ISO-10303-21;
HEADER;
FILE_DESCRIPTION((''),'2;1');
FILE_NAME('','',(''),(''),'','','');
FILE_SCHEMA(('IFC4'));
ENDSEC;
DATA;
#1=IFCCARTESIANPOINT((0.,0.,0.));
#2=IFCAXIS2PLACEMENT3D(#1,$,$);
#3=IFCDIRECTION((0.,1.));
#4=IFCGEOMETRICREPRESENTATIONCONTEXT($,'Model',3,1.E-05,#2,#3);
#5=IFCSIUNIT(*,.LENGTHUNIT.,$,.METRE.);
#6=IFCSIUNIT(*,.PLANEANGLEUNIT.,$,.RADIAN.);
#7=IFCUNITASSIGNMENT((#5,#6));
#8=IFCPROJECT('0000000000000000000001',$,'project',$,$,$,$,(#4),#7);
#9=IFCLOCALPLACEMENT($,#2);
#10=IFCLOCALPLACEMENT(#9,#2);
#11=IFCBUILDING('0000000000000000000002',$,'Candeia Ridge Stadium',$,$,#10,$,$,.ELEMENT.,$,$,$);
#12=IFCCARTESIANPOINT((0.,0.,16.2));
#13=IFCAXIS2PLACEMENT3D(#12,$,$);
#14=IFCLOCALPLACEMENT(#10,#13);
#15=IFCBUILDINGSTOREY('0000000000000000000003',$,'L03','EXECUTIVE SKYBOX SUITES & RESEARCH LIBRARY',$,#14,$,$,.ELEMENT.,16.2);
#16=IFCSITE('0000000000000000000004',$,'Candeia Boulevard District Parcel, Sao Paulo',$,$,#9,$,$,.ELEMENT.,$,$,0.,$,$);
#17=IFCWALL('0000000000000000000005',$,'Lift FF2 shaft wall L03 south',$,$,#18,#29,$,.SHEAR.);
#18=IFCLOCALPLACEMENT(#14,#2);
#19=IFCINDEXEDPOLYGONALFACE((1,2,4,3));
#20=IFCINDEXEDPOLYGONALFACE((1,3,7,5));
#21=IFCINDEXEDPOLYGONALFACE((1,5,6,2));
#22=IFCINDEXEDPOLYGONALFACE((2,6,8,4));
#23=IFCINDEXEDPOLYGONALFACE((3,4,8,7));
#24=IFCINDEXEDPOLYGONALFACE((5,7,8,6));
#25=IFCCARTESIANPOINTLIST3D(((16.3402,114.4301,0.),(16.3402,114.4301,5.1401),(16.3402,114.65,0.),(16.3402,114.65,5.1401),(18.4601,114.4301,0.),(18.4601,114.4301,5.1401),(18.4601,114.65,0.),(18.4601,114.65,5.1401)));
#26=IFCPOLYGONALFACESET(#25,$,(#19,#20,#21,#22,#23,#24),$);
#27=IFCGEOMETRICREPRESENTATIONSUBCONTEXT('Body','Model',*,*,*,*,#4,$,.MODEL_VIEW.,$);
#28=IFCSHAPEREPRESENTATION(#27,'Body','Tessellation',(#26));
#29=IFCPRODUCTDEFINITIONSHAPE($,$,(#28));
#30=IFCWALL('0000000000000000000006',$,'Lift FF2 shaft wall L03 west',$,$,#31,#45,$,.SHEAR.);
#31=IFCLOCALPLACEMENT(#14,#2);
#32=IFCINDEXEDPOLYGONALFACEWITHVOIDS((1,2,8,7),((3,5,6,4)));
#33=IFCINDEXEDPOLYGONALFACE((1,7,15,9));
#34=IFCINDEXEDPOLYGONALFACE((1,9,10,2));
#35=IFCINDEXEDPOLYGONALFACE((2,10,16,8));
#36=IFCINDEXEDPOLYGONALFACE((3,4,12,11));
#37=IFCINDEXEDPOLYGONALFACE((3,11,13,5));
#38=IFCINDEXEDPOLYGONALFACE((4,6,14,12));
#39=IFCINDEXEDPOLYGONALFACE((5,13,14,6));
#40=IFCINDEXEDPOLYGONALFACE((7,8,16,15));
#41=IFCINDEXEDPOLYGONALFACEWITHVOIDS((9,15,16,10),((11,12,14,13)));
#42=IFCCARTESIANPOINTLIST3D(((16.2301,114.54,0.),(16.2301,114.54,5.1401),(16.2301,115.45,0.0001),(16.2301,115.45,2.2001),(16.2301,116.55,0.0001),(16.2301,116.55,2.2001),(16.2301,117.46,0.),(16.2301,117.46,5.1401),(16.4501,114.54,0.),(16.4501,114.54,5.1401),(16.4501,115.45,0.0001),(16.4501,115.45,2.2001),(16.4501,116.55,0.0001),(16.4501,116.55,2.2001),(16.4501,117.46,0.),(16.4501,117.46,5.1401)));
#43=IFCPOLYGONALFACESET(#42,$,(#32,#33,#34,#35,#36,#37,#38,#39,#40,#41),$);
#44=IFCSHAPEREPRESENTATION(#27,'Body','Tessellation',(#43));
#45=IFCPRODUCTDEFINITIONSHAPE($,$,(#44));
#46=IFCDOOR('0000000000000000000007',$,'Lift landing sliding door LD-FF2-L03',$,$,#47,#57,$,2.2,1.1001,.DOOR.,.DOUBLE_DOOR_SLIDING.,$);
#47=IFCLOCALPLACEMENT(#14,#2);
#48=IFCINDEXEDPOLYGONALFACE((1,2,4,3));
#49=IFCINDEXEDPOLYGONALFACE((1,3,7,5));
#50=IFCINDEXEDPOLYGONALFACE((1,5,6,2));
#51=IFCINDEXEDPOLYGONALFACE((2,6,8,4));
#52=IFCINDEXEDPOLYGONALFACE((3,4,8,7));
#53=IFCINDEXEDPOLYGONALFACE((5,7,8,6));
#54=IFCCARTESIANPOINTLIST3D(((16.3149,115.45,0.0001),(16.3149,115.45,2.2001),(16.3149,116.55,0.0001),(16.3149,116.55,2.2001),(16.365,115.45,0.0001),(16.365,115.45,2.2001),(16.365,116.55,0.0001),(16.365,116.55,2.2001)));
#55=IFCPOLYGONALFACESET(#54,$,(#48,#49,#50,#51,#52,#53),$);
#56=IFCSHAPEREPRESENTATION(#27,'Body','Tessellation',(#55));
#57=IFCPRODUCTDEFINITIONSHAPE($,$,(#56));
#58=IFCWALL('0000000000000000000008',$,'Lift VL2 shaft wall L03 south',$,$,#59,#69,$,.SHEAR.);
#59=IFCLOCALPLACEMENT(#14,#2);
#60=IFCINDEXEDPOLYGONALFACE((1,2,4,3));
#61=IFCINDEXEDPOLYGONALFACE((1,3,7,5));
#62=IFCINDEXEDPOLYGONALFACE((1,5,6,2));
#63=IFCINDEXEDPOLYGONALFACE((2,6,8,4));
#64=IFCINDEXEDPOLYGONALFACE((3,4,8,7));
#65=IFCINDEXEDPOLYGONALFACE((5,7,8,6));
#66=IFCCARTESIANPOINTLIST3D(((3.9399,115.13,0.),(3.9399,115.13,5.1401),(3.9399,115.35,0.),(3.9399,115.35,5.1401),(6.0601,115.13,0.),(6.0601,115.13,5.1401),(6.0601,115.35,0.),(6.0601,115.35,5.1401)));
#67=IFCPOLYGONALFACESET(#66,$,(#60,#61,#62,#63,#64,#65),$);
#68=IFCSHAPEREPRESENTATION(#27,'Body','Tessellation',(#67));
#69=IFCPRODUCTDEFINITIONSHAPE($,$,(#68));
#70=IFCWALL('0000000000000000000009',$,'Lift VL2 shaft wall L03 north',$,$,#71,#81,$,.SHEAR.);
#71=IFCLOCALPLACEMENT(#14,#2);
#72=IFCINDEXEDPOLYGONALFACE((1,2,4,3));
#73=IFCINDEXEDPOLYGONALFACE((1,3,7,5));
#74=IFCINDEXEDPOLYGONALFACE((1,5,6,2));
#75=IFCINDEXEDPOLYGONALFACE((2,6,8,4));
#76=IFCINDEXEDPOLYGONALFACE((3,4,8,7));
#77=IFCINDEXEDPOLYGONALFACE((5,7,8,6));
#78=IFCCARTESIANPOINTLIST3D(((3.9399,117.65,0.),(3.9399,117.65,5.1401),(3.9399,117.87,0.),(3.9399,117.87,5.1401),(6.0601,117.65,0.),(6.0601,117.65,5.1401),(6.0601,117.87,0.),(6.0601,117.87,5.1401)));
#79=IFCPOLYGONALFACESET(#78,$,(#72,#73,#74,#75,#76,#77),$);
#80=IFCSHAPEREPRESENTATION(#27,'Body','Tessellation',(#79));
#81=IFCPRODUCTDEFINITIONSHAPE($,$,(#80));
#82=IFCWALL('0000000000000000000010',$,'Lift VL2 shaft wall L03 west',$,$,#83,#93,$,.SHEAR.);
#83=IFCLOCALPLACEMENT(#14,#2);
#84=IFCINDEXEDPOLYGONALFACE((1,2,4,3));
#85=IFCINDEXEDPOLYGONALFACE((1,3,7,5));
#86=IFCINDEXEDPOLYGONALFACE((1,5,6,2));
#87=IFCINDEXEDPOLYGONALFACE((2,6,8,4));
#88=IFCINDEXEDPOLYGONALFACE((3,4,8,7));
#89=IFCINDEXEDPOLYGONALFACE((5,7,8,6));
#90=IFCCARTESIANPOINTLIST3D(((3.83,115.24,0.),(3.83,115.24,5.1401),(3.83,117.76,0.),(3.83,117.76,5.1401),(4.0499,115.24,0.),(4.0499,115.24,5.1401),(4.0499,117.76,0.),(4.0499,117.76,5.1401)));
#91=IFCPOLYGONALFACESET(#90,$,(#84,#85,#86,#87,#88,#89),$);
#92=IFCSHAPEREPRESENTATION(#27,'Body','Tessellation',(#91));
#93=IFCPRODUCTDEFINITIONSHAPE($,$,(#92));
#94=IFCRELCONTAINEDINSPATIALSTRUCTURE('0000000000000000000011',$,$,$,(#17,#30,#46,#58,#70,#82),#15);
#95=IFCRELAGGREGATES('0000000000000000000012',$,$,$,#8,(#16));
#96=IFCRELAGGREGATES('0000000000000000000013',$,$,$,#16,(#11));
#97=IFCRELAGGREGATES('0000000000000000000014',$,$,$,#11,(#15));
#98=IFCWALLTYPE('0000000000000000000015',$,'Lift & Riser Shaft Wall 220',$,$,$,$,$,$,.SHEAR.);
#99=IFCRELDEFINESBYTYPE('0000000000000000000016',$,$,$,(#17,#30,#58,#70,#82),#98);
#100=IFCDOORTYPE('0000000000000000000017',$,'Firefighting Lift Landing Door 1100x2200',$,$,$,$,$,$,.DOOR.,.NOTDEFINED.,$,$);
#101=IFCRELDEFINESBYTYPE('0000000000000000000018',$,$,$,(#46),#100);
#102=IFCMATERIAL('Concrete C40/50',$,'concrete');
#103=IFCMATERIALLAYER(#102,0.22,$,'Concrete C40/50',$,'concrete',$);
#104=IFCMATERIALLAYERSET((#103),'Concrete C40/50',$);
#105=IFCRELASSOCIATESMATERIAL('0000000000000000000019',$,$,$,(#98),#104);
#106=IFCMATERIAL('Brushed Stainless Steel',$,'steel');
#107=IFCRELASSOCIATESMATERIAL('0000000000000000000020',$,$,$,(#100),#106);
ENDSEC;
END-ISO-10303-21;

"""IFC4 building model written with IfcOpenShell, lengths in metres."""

from ifc_helpers import new_model, si_unit, direction, frame, frame_2d, origin, place, context, subcontext, project, spatial, rectangle, extrude, material, layer, layer_set, type_object, element, fill, save


model = new_model("IFC4")

# Units and contexts
model_context = context("Model", 3, precision=1e-05, world=origin(), true_north=direction((0.0, 1.0)))
body_context = subcontext(model_context, "Body", "Model", "MODEL_VIEW")
ifc_project = project(units=[si_unit("LENGTHUNIT", "METRE"), si_unit("PLANEANGLEUNIT", "RADIAN")], contexts=[model_context])

# Site, building, storey
site_placement = place(None, origin())
site = spatial("IfcSite", under=ifc_project, at=site_placement, Name="Candeia Boulevard District Parcel, Sao Paulo", CompositionType="ELEMENT", RefElevation=0.0)
building_placement = place(site_placement, origin())
building = spatial("IfcBuilding", under=site, at=building_placement, Name="Candeia Ridge Stadium", CompositionType="ELEMENT")
storey_placement = place(building_placement, frame((0.0, 0.0, 16.2)))
storey = spatial("IfcBuildingStorey", under=building, at=storey_placement, Name="L03", Description="EXECUTIVE SKYBOX SUITES & RESEARCH LIBRARY", CompositionType="ELEMENT", Elevation=16.2)

# Shared definitions
ifc_material_1 = material(Name="Concrete C40/50", Category="concrete")

# Wall
ifc_layer_1 = layer(ifc_material_1, 0.22, Name="Concrete C40/50", Category="concrete")
ifc_layer_set_1 = layer_set([ifc_layer_1], Name="Concrete C40/50")
wall_type_1 = type_object("IfcWallType", Name="Lift & Riser Shaft Wall 220", PredefinedType="SHEAR", material=ifc_layer_set_1)
wall_1_placement = place(storey_placement, frame((16.3401, 114.54, 0.0), z_axis=(0.0, 0.0, 1.0), x_axis=(1.0, 0.0, 0.0)))
element("IfcWall", 1, at=wall_1_placement, inside=storey, type_object=wall_type_1, Name="Lift FF2 shaft wall L03 south", PredefinedType="SHEAR", context=body_context, shape_type="SweptSolid", body=[
    extrude(rectangle(XDim=2.1199, YDim=0.22, at=frame_2d((1.0601, 0.0))), origin(), (0.0, 0.0, 1.0), 5.1401),
])

# Wall, opening, door
wall_2_placement = place(storey_placement, frame((16.3401, 117.46, 0.0), z_axis=(0.0, 0.0, 1.0), x_axis=(0.0, -1.0, 0.0)))
wall_2 = element("IfcWall", 2, at=wall_2_placement, inside=storey, type_object=wall_type_1, Name="Lift FF2 shaft wall L03 west", PredefinedType="SHEAR", context=body_context, shape_type="SweptSolid", body=[
    extrude(rectangle(XDim=2.9199, YDim=0.22, at=frame_2d((1.46, 0.0))), origin(), (0.0, 0.0, 1.0), 5.1401),
])
opening_1_placement = place(wall_2_placement, frame((0.9099, 0.0, 0.0)))
opening_1 = element("IfcOpeningElement", 3, at=opening_1_placement, cuts=wall_2, PredefinedType="OPENING", context=body_context, shape_type="SweptSolid", body=[
    extrude(rectangle(XDim=1.1001, YDim=2.2, at=frame_2d((0.55, 1.1001))), frame((0.0, 0.1199, 0.0), z_axis=(0.0, -1.0, 0.0), x_axis=(1.0, 0.0, 0.0)), (0.0, 0.0, 1.0), 0.24),
])
ifc_material_2 = material(Name="Brushed Stainless Steel", Category="steel")
door_type_1 = type_object("IfcDoorType", Name="Firefighting Lift Landing Door 1100x2200", OperationType="NOTDEFINED", PredefinedType="DOOR", material=ifc_material_2)
door_1_placement = place(opening_1_placement, origin())
door_1 = element("IfcDoor", 4, at=door_1_placement, inside=storey, type_object=door_type_1, Name="Lift landing sliding door LD-FF2-L03", OperationType="DOUBLE_DOOR_SLIDING", OverallHeight=2.2, OverallWidth=1.1001, PredefinedType="DOOR", context=body_context, shape_type="SweptSolid", body=[
    extrude(rectangle(XDim=1.1001, YDim=2.2, at=frame_2d((0.55, 1.1001))), frame((0.0, 0.0249, 0.0), z_axis=(0.0, -1.0, 0.0), x_axis=(1.0, 0.0, 0.0)), (0.0, 0.0, 1.0), 0.05),
])
fill(opening_1, door_1)

# Wall
wall_3_placement = place(storey_placement, frame((3.9399, 115.24, 0.0), z_axis=(0.0, 0.0, 1.0), x_axis=(1.0, 0.0, 0.0)))
element("IfcWall", 5, at=wall_3_placement, inside=storey, type_object=wall_type_1, Name="Lift VL2 shaft wall L03 south", PredefinedType="SHEAR", context=body_context, shape_type="SweptSolid", body=[
    extrude(rectangle(XDim=2.1201, YDim=0.22, at=frame_2d((1.0601, 0.0))), origin(), (0.0, 0.0, 1.0), 5.1401),
])

# Walls
wall_4_placement = place(storey_placement, frame((6.0601, 117.76, 0.0), z_axis=(0.0, 0.0, 1.0), x_axis=(-1.0, 0.0, 0.0)))
element("IfcWall", 6, at=wall_4_placement, inside=storey, type_object=wall_type_1, Name="Lift VL2 shaft wall L03 north", PredefinedType="SHEAR", context=body_context, shape_type="SweptSolid", body=[
    extrude(rectangle(XDim=2.1201, YDim=0.22, at=frame_2d((1.0601, 0.0))), origin(), (0.0, 0.0, 1.0), 5.1401),
])
wall_5_placement = place(storey_placement, frame((3.9399, 117.76, 0.0), z_axis=(0.0, 0.0, 1.0), x_axis=(0.0, -1.0, 0.0)))
element("IfcWall", 7, at=wall_5_placement, inside=storey, type_object=wall_type_1, Name="Lift VL2 shaft wall L03 west", PredefinedType="SHEAR", context=body_context, shape_type="SweptSolid", body=[
    extrude(rectangle(XDim=2.52, YDim=0.22, at=frame_2d((1.26, 0.0))), origin(), (0.0, 0.0, 1.0), 5.1401),
])

save(model, "model.ifc")
